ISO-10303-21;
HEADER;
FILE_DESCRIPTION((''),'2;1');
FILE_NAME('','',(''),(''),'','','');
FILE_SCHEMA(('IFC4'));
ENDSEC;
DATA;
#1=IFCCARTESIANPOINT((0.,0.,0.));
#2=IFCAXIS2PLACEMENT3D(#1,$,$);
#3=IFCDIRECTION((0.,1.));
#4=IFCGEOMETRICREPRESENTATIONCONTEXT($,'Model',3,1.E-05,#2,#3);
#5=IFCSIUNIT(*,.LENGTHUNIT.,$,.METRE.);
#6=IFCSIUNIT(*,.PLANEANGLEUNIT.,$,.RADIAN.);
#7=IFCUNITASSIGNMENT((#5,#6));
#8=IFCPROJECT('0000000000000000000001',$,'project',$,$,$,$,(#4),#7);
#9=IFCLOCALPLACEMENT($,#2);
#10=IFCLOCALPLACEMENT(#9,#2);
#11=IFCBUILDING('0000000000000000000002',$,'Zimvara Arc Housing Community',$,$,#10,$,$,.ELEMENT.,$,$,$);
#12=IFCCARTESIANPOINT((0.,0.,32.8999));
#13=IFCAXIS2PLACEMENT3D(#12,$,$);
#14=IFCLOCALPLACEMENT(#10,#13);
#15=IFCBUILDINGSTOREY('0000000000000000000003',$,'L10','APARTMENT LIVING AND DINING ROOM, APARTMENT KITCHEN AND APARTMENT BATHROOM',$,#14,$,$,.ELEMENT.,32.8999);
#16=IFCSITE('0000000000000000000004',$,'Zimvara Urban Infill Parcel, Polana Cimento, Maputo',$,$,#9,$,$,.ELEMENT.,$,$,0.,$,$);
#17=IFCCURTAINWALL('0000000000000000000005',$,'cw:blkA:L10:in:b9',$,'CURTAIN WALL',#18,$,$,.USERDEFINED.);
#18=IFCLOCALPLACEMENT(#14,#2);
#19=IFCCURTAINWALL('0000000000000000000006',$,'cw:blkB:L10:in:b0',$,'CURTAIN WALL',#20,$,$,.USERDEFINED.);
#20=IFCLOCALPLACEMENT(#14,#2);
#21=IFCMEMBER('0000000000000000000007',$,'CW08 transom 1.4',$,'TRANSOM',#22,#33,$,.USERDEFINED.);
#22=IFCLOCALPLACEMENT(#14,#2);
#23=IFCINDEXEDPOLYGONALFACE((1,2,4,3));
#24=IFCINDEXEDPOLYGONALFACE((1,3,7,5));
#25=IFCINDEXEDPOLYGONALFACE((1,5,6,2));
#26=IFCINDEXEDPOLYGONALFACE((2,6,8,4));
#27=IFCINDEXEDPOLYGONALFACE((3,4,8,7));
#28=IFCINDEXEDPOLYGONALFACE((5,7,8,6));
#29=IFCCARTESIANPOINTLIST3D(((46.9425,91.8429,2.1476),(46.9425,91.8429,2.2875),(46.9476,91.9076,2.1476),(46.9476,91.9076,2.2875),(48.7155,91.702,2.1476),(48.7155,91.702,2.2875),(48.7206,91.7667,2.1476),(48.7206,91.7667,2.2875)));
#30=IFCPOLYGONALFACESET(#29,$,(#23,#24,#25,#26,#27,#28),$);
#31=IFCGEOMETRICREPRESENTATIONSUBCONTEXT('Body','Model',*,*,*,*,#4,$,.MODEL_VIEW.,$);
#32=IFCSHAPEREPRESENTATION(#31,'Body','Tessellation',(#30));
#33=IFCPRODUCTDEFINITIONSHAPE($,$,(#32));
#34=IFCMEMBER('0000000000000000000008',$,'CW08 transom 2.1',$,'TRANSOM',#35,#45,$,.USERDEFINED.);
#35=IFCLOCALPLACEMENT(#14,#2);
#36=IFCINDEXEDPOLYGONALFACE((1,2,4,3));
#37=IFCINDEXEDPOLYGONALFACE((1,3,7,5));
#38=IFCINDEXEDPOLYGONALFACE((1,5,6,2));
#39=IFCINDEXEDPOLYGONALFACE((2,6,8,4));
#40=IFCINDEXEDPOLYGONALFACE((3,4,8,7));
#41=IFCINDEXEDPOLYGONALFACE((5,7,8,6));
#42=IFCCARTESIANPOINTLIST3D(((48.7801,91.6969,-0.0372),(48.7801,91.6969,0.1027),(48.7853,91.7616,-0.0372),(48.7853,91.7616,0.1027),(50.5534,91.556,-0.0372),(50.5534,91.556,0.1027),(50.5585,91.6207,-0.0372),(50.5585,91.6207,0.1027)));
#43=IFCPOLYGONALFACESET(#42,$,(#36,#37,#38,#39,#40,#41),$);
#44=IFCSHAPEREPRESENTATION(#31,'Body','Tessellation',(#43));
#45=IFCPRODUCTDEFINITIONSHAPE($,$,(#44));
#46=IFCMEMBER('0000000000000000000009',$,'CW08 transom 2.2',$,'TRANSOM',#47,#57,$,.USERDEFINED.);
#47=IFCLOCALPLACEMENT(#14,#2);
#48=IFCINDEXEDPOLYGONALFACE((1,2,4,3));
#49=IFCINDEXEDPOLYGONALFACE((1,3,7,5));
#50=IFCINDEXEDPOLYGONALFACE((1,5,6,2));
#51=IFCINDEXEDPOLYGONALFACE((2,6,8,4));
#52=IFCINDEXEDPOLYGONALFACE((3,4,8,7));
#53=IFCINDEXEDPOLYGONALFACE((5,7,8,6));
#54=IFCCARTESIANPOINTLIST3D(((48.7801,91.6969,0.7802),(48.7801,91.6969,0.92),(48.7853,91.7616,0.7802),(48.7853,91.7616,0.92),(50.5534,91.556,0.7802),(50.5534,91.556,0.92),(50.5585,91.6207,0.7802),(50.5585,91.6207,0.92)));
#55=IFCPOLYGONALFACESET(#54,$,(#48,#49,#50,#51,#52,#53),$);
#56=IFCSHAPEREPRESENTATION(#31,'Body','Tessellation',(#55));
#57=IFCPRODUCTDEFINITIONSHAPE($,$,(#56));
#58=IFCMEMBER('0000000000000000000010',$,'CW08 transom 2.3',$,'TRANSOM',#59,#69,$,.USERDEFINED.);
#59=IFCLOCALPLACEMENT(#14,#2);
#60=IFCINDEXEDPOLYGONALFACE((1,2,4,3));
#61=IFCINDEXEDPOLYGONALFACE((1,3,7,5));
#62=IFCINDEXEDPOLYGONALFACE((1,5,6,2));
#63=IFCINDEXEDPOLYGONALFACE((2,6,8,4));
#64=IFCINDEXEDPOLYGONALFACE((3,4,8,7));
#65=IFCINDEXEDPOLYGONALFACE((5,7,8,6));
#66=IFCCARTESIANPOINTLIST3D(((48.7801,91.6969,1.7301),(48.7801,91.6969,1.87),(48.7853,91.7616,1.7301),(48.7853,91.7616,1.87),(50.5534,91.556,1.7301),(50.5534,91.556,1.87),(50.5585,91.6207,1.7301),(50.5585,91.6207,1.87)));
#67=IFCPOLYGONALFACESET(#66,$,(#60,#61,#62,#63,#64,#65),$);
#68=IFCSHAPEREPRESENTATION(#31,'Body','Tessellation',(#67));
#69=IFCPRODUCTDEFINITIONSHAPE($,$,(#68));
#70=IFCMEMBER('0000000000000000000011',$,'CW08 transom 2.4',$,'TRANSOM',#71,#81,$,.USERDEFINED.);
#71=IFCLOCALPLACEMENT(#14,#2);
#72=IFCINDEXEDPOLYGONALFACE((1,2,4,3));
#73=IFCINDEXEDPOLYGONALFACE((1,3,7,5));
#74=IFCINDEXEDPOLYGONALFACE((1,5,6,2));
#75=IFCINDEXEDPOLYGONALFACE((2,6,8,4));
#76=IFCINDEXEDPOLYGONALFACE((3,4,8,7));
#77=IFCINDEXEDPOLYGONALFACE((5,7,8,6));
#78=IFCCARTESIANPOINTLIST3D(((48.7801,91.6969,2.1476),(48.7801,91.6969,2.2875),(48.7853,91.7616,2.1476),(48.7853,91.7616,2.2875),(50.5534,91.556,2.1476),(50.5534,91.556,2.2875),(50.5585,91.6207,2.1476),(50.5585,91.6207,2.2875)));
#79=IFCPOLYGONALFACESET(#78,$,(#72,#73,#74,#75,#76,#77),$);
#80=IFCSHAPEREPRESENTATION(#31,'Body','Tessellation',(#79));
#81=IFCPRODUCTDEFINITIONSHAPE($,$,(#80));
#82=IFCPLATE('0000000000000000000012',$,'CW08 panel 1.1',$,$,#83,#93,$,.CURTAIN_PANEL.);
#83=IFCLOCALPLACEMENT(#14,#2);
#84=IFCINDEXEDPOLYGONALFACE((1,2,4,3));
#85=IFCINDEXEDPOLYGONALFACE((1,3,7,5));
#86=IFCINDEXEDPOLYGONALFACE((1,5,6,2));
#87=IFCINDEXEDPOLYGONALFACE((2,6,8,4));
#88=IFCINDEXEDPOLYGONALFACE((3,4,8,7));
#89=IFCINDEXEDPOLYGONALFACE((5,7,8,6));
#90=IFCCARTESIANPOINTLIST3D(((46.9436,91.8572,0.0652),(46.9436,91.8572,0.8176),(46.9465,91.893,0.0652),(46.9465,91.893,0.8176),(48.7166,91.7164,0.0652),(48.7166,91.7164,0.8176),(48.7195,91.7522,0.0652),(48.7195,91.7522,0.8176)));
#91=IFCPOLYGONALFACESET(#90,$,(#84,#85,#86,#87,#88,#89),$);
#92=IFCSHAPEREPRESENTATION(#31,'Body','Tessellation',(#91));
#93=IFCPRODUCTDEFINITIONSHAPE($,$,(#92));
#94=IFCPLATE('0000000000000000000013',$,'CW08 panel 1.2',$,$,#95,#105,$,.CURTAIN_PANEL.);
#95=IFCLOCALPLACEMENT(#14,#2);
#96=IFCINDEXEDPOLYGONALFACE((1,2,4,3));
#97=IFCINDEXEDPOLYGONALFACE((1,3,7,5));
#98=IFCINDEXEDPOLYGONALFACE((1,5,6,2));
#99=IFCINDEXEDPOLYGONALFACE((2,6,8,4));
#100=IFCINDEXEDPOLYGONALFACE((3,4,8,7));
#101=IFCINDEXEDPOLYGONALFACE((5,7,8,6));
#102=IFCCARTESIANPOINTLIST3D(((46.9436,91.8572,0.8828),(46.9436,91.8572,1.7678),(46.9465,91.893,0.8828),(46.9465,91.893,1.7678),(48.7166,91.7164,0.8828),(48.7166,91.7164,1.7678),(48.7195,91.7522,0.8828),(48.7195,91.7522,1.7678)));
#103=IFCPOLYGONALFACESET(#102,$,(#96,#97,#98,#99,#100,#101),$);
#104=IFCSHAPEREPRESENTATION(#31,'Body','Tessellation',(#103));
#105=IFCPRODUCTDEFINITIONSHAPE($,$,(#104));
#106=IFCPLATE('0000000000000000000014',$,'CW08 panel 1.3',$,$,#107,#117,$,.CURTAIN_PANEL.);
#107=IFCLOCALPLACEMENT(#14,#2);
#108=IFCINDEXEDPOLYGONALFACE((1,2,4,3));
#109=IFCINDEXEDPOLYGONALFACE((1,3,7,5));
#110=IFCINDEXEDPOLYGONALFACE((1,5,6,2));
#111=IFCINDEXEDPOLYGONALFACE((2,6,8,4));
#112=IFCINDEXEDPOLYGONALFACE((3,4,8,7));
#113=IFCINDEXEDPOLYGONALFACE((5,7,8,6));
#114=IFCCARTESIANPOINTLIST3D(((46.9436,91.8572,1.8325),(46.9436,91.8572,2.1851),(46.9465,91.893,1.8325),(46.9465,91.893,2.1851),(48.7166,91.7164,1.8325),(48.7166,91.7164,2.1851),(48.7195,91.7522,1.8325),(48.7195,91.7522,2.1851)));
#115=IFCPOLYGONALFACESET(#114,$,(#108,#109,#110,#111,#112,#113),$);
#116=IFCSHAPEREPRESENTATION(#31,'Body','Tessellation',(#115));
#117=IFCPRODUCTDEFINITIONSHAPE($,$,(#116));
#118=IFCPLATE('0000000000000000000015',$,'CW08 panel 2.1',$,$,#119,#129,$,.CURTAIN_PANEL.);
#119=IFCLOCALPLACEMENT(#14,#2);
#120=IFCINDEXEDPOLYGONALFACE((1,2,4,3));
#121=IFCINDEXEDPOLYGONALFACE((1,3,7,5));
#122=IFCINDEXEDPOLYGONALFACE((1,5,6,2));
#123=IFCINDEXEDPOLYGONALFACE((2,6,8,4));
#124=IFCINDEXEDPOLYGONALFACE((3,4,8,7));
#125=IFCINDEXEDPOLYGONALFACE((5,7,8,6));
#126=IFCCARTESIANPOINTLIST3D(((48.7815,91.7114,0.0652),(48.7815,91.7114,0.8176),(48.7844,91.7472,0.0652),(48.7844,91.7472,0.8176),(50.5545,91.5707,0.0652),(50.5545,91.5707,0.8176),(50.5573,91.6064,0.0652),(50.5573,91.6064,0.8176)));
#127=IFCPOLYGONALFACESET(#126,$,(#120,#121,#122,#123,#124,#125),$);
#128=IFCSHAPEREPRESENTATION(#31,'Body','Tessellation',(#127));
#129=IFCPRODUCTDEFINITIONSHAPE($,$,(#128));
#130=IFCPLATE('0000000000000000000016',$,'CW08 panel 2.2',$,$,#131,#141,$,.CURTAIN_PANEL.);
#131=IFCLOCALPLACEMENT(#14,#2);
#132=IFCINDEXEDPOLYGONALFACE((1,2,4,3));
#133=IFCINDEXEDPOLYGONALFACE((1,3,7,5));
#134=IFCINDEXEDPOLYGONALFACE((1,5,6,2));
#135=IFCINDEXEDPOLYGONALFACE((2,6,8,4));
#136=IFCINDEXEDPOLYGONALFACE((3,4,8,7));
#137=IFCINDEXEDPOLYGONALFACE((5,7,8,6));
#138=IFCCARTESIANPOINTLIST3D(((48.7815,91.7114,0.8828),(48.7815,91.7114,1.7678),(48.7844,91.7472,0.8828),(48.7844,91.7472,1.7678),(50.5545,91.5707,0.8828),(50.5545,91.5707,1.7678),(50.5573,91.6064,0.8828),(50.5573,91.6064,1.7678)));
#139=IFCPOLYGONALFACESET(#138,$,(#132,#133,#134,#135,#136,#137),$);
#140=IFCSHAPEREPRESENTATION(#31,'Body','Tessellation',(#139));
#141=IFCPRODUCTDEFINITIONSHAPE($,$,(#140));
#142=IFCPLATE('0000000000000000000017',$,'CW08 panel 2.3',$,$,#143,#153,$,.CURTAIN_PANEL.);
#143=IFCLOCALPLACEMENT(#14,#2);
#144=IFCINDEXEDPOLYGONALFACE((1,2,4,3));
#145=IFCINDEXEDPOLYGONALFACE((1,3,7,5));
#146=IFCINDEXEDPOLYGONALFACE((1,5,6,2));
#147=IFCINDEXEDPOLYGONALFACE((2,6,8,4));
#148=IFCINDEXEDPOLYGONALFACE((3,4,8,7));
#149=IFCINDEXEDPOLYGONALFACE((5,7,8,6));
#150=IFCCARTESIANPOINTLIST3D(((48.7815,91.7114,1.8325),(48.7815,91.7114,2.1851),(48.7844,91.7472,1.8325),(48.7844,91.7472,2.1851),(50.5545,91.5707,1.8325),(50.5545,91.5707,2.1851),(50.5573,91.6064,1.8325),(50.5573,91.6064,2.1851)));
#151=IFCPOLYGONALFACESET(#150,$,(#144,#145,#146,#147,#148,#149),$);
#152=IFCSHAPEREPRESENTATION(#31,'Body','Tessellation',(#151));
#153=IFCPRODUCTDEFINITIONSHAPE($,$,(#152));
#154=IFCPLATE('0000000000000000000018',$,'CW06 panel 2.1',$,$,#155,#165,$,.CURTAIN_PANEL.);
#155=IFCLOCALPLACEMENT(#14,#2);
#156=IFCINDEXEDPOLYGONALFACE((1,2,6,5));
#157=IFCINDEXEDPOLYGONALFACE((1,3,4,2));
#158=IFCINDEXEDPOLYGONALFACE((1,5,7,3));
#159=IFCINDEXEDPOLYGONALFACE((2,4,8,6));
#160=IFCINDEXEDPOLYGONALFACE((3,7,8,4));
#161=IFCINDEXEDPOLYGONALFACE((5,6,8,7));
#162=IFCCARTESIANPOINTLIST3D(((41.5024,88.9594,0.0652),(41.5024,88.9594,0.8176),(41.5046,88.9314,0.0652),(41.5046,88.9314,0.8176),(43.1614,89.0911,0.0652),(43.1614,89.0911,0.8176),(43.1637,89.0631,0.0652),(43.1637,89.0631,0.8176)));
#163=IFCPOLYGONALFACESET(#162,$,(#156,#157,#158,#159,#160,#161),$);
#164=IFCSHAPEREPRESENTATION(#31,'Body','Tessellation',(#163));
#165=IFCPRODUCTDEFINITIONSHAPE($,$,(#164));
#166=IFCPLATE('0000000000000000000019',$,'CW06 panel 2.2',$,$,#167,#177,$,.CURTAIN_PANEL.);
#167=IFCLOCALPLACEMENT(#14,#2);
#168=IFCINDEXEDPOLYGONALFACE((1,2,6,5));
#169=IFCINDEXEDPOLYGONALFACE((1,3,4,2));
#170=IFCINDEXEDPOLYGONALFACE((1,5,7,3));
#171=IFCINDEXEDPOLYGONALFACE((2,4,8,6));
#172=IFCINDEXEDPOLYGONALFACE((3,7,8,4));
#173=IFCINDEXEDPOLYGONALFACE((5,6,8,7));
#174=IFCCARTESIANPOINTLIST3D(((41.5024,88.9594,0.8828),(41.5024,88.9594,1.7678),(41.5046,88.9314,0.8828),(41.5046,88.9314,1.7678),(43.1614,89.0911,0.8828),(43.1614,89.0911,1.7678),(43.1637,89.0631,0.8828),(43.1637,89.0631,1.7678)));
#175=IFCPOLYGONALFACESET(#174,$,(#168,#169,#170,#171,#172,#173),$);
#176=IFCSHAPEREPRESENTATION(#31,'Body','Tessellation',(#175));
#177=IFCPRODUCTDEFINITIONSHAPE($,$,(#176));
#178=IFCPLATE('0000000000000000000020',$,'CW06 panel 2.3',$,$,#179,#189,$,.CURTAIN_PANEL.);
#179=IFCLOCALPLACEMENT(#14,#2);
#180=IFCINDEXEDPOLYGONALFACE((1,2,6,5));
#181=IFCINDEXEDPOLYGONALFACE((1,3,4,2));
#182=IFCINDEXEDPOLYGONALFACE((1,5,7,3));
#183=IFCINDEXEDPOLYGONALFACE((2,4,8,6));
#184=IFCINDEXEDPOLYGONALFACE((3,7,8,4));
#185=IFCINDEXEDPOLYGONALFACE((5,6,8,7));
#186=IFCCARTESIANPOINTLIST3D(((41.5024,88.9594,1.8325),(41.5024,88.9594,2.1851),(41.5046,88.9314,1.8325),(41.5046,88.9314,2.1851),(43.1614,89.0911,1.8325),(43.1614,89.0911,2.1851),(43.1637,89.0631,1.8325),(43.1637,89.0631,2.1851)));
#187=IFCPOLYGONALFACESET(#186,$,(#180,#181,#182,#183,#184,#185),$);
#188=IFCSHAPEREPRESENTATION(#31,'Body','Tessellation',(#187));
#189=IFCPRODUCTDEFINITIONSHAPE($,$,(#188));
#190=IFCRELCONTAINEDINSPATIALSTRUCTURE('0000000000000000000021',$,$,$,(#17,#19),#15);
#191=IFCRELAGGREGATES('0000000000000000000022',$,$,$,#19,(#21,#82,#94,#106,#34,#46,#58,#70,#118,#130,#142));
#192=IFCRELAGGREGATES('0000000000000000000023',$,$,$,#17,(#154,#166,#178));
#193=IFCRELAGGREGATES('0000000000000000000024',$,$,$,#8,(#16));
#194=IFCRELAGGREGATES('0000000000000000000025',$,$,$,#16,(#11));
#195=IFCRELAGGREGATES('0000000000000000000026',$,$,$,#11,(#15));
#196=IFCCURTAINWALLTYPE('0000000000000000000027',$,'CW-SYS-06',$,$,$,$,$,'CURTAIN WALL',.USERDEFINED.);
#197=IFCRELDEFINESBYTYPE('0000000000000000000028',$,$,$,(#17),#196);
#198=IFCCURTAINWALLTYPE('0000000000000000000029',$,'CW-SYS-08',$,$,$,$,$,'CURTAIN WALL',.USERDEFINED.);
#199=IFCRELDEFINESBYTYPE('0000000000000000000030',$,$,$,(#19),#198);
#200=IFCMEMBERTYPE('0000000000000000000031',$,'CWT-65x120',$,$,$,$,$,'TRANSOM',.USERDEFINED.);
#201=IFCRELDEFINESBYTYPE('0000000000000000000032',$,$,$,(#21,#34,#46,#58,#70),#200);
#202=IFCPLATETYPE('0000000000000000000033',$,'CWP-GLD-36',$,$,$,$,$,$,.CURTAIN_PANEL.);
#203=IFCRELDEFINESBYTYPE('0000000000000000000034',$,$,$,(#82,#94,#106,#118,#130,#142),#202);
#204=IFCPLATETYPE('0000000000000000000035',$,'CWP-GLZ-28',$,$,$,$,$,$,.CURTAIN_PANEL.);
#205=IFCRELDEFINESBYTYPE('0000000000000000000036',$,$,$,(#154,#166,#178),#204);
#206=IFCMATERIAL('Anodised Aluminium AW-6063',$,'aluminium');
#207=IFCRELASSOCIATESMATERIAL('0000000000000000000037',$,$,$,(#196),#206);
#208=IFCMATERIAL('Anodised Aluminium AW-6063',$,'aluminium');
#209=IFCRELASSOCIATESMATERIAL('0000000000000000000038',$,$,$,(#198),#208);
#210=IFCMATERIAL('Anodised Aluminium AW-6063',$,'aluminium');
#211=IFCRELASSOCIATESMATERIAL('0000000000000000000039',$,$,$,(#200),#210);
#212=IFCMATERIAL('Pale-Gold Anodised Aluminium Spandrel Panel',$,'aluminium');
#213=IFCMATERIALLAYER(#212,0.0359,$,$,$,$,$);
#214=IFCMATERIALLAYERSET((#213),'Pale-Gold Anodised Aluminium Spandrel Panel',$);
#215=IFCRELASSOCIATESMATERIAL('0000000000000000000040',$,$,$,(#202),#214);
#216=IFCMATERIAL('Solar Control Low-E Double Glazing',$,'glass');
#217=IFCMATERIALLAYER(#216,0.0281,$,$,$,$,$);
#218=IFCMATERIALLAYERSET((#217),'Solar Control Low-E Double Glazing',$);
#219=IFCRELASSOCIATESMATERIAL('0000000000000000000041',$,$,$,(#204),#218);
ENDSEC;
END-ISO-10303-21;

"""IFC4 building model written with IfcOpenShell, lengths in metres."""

from ifc_helpers import new_model, si_unit, direction, frame, origin, origin_2d, place, context, subcontext, project, spatial, rectangle, extrude, material, layer, layer_set, material_profile, profile_set, type_object, element, aggregate, save


model = new_model("IFC4")

# Units and contexts
model_context = context("Model", 3, precision=1e-05, world=origin(), true_north=direction((0.0, 1.0)))
body_context = subcontext(model_context, "Body", "Model", "MODEL_VIEW")
ifc_project = project(units=[si_unit("LENGTHUNIT", "METRE"), si_unit("PLANEANGLEUNIT", "RADIAN")], contexts=[model_context])

# Site, building, storey
site_placement = place(None, origin())
site = spatial("IfcSite", under=ifc_project, at=site_placement, Name="Zimvara Urban Infill Parcel, Polana Cimento, Maputo", CompositionType="ELEMENT", RefElevation=0.0)
building_placement = place(site_placement, origin())
building = spatial("IfcBuilding", under=site, at=building_placement, Name="Zimvara Arc Housing Community", CompositionType="ELEMENT")
storey_placement = place(building_placement, frame((0.0, 0.0, 32.8999)))
storey = spatial("IfcBuildingStorey", under=building, at=storey_placement, Name="L10", Description="APARTMENT LIVING AND DINING ROOM, APARTMENT KITCHEN AND APARTMENT BATHROOM", CompositionType="ELEMENT", Elevation=32.8999)

# Curtain wall
ifc_material_1 = material(Name="Anodised Aluminium AW-6063", Category="aluminium")
curtain_wall_type_1 = type_object("IfcCurtainWallType", Name="CW-SYS-06", ElementType="CURTAIN WALL", PredefinedType="USERDEFINED", material=ifc_material_1)
curtain_wall_1_placement = place(storey_placement, origin())
curtain_wall_1 = element("IfcCurtainWall", 1, at=curtain_wall_1_placement, inside=storey, type_object=curtain_wall_type_1, Name="cw:blkA:L10:in:b9", ObjectType="CURTAIN WALL", PredefinedType="USERDEFINED")

# Curtain wall
ifc_material_2 = material(Name="Anodised Aluminium AW-6063", Category="aluminium")
curtain_wall_type_2 = type_object("IfcCurtainWallType", Name="CW-SYS-08", ElementType="CURTAIN WALL", PredefinedType="USERDEFINED", material=ifc_material_2)
curtain_wall_2_placement = place(storey_placement, origin())
curtain_wall_2 = element("IfcCurtainWall", 2, at=curtain_wall_2_placement, inside=storey, type_object=curtain_wall_type_2, Name="cw:blkB:L10:in:b0", ObjectType="CURTAIN WALL", PredefinedType="USERDEFINED")

# Members
ifc_material_3 = material(Name="Anodised Aluminium AW-6063", Category="aluminium")
ifc_material_profile_1 = material_profile(ifc_material_3, rectangle(XDim=0.0649, YDim=0.1399, at=origin_2d()), Name="ALU 65x140")
ifc_profile_set_1 = profile_set([ifc_material_profile_1], Name="Anodised Aluminium AW-6063")
member_type_1 = type_object("IfcMemberType", Name="CWT-65x120", ElementType="TRANSOM", PredefinedType="USERDEFINED", material=ifc_profile_set_1)
member_1_placement = place(storey_placement, frame((46.9451, 91.8752, 2.2175), z_axis=(0.996858, -0.079205, 0.0), x_axis=(0.079205, 0.996858, 0.0)))
member_1 = element("IfcMember", 3, at=member_1_placement, type_object=member_type_1, Name="CW08 transom 1.4", ObjectType="TRANSOM", PredefinedType="USERDEFINED", context=body_context, shape_type="SweptSolid", body=[
    extrude(rectangle(XDim=0.0649, YDim=0.1399, at=origin_2d()), origin(), (0.0, 0.0, 1.0), 1.7786),
])
member_2_placement = place(storey_placement, frame((48.7827, 91.7292, 0.0327), z_axis=(0.996859, -0.079194, 0.0), x_axis=(0.079194, 0.996859, 0.0)))
member_2 = element("IfcMember", 4, at=member_2_placement, type_object=member_type_1, Name="CW08 transom 2.1", ObjectType="TRANSOM", PredefinedType="USERDEFINED", context=body_context, shape_type="SweptSolid", body=[
    extrude(rectangle(XDim=0.0649, YDim=0.1399, at=origin_2d()), origin(), (0.0, 0.0, 1.0), 1.7788),
])
member_3_placement = place(storey_placement, frame((48.7827, 91.7292, 0.8501), z_axis=(0.996859, -0.079194, 0.0), x_axis=(0.079194, 0.996859, 0.0)))
member_3 = element("IfcMember", 5, at=member_3_placement, type_object=member_type_1, Name="CW08 transom 2.2", ObjectType="TRANSOM", PredefinedType="USERDEFINED", context=body_context, shape_type="SweptSolid", body=[
    extrude(rectangle(XDim=0.0649, YDim=0.1399, at=origin_2d()), origin(), (0.0, 0.0, 1.0), 1.7788),
])
member_4_placement = place(storey_placement, frame((48.7827, 91.7292, 1.8), z_axis=(0.996859, -0.079194, 0.0), x_axis=(0.079194, 0.996859, 0.0)))
member_4 = element("IfcMember", 6, at=member_4_placement, type_object=member_type_1, Name="CW08 transom 2.3", ObjectType="TRANSOM", PredefinedType="USERDEFINED", context=body_context, shape_type="SweptSolid", body=[
    extrude(rectangle(XDim=0.0649, YDim=0.1399, at=origin_2d()), origin(), (0.0, 0.0, 1.0), 1.7788),
])
member_5_placement = place(storey_placement, frame((48.7827, 91.7292, 2.2175), z_axis=(0.996859, -0.079194, 0.0), x_axis=(0.079194, 0.996859, 0.0)))
member_5 = element("IfcMember", 7, at=member_5_placement, type_object=member_type_1, Name="CW08 transom 2.4", ObjectType="TRANSOM", PredefinedType="USERDEFINED", context=body_context, shape_type="SweptSolid", body=[
    extrude(rectangle(XDim=0.0649, YDim=0.1399, at=origin_2d()), origin(), (0.0, 0.0, 1.0), 1.7788),
])

# Plates
ifc_material_4 = material(Name="Pale-Gold Anodised Aluminium Spandrel Panel", Category="aluminium")
ifc_layer_1 = layer(ifc_material_4, 0.0359)
ifc_layer_set_1 = layer_set([ifc_layer_1], Name="Pale-Gold Anodised Aluminium Spandrel Panel")
plate_type_1 = type_object("IfcPlateType", Name="CWP-GLD-36", PredefinedType="CURTAIN_PANEL", material=ifc_layer_set_1)
plate_1_placement = place(storey_placement, frame((47.8315, 91.8047, 0.0652), z_axis=(0.0, 0.0, 1.0), x_axis=(0.996862, -0.079155, 0.0)))
plate_1 = element("IfcPlate", 8, at=plate_1_placement, type_object=plate_type_1, Name="CW08 panel 1.1", PredefinedType="CURTAIN_PANEL", context=body_context, shape_type="SweptSolid", body=[
    extrude(rectangle(XDim=1.7786, YDim=0.0359, at=origin_2d()), origin(), (0.0, 0.0, 1.0), 0.7524),
])
plate_2_placement = place(storey_placement, frame((47.8315, 91.8047, 0.8828), z_axis=(0.0, 0.0, 1.0), x_axis=(0.996862, -0.079155, 0.0)))
plate_2 = element("IfcPlate", 9, at=plate_2_placement, type_object=plate_type_1, Name="CW08 panel 1.2", PredefinedType="CURTAIN_PANEL", context=body_context, shape_type="SweptSolid", body=[
    extrude(rectangle(XDim=1.7786, YDim=0.0359, at=origin_2d()), origin(), (0.0, 0.0, 1.0), 0.885),
])
plate_3_placement = place(storey_placement, frame((47.8315, 91.8047, 1.8325), z_axis=(0.0, 0.0, 1.0), x_axis=(0.996862, -0.079155, 0.0)))
plate_3 = element("IfcPlate", 10, at=plate_3_placement, type_object=plate_type_1, Name="CW08 panel 1.3", PredefinedType="CURTAIN_PANEL", context=body_context, shape_type="SweptSolid", body=[
    extrude(rectangle(XDim=1.7786, YDim=0.0359, at=origin_2d()), origin(), (0.0, 0.0, 1.0), 0.3525),
])
plate_4_placement = place(storey_placement, frame((49.6694, 91.6589, 0.0652), z_axis=(0.0, 0.0, 1.0), x_axis=(0.996862, -0.079155, 0.0)))
plate_4 = element("IfcPlate", 11, at=plate_4_placement, type_object=plate_type_1, Name="CW08 panel 2.1", PredefinedType="CURTAIN_PANEL", context=body_context, shape_type="SweptSolid", body=[
    extrude(rectangle(XDim=1.7786, YDim=0.0359, at=origin_2d()), origin(), (0.0, 0.0, 1.0), 0.7524),
])
plate_5_placement = place(storey_placement, frame((49.6694, 91.6589, 0.8828), z_axis=(0.0, 0.0, 1.0), x_axis=(0.996862, -0.079155, 0.0)))
plate_5 = element("IfcPlate", 12, at=plate_5_placement, type_object=plate_type_1, Name="CW08 panel 2.2", PredefinedType="CURTAIN_PANEL", context=body_context, shape_type="SweptSolid", body=[
    extrude(rectangle(XDim=1.7786, YDim=0.0359, at=origin_2d()), origin(), (0.0, 0.0, 1.0), 0.885),
])
plate_6_placement = place(storey_placement, frame((49.6694, 91.6589, 1.8325), z_axis=(0.0, 0.0, 1.0), x_axis=(0.996862, -0.079155, 0.0)))
plate_6 = element("IfcPlate", 13, at=plate_6_placement, type_object=plate_type_1, Name="CW08 panel 2.3", PredefinedType="CURTAIN_PANEL", context=body_context, shape_type="SweptSolid", body=[
    extrude(rectangle(XDim=1.7786, YDim=0.0359, at=origin_2d()), origin(), (0.0, 0.0, 1.0), 0.3525),
])
aggregate(curtain_wall_2, [member_1, plate_1, plate_2, plate_3, member_2, member_3, member_4, member_5, plate_4, plate_5, plate_6])
ifc_material_5 = material(Name="Solar Control Low-E Double Glazing", Category="glass")
ifc_layer_2 = layer(ifc_material_5, 0.0281)
ifc_layer_set_2 = layer_set([ifc_layer_2], Name="Solar Control Low-E Double Glazing")
plate_type_2 = type_object("IfcPlateType", Name="CWP-GLZ-28", PredefinedType="CURTAIN_PANEL", material=ifc_layer_set_2)
plate_7_placement = place(storey_placement, frame((42.333, 89.0112, 0.0652), z_axis=(0.0, 0.0, 1.0), x_axis=(0.996862, 0.079155, 0.0)))
plate_7 = element("IfcPlate", 14, at=plate_7_placement, type_object=plate_type_2, Name="CW06 panel 2.1", PredefinedType="CURTAIN_PANEL", context=body_context, shape_type="SweptSolid", body=[
    extrude(rectangle(XDim=1.6643, YDim=0.0281, at=origin_2d()), origin(), (0.0, 0.0, 1.0), 0.7524),
])
plate_8_placement = place(storey_placement, frame((42.333, 89.0112, 0.8828), z_axis=(0.0, 0.0, 1.0), x_axis=(0.996862, 0.079155, 0.0)))
plate_8 = element("IfcPlate", 15, at=plate_8_placement, type_object=plate_type_2, Name="CW06 panel 2.2", PredefinedType="CURTAIN_PANEL", context=body_context, shape_type="SweptSolid", body=[
    extrude(rectangle(XDim=1.6643, YDim=0.0281, at=origin_2d()), origin(), (0.0, 0.0, 1.0), 0.885),
])
plate_9_placement = place(storey_placement, frame((42.333, 89.0112, 1.8325), z_axis=(0.0, 0.0, 1.0), x_axis=(0.996862, 0.079155, 0.0)))
plate_9 = element("IfcPlate", 16, at=plate_9_placement, type_object=plate_type_2, Name="CW06 panel 2.3", PredefinedType="CURTAIN_PANEL", context=body_context, shape_type="SweptSolid", body=[
    extrude(rectangle(XDim=1.6643, YDim=0.0281, at=origin_2d()), origin(), (0.0, 0.0, 1.0), 0.3525),
])
aggregate(curtain_wall_1, [plate_7, plate_8, plate_9])

save(model, "model.ifc")
